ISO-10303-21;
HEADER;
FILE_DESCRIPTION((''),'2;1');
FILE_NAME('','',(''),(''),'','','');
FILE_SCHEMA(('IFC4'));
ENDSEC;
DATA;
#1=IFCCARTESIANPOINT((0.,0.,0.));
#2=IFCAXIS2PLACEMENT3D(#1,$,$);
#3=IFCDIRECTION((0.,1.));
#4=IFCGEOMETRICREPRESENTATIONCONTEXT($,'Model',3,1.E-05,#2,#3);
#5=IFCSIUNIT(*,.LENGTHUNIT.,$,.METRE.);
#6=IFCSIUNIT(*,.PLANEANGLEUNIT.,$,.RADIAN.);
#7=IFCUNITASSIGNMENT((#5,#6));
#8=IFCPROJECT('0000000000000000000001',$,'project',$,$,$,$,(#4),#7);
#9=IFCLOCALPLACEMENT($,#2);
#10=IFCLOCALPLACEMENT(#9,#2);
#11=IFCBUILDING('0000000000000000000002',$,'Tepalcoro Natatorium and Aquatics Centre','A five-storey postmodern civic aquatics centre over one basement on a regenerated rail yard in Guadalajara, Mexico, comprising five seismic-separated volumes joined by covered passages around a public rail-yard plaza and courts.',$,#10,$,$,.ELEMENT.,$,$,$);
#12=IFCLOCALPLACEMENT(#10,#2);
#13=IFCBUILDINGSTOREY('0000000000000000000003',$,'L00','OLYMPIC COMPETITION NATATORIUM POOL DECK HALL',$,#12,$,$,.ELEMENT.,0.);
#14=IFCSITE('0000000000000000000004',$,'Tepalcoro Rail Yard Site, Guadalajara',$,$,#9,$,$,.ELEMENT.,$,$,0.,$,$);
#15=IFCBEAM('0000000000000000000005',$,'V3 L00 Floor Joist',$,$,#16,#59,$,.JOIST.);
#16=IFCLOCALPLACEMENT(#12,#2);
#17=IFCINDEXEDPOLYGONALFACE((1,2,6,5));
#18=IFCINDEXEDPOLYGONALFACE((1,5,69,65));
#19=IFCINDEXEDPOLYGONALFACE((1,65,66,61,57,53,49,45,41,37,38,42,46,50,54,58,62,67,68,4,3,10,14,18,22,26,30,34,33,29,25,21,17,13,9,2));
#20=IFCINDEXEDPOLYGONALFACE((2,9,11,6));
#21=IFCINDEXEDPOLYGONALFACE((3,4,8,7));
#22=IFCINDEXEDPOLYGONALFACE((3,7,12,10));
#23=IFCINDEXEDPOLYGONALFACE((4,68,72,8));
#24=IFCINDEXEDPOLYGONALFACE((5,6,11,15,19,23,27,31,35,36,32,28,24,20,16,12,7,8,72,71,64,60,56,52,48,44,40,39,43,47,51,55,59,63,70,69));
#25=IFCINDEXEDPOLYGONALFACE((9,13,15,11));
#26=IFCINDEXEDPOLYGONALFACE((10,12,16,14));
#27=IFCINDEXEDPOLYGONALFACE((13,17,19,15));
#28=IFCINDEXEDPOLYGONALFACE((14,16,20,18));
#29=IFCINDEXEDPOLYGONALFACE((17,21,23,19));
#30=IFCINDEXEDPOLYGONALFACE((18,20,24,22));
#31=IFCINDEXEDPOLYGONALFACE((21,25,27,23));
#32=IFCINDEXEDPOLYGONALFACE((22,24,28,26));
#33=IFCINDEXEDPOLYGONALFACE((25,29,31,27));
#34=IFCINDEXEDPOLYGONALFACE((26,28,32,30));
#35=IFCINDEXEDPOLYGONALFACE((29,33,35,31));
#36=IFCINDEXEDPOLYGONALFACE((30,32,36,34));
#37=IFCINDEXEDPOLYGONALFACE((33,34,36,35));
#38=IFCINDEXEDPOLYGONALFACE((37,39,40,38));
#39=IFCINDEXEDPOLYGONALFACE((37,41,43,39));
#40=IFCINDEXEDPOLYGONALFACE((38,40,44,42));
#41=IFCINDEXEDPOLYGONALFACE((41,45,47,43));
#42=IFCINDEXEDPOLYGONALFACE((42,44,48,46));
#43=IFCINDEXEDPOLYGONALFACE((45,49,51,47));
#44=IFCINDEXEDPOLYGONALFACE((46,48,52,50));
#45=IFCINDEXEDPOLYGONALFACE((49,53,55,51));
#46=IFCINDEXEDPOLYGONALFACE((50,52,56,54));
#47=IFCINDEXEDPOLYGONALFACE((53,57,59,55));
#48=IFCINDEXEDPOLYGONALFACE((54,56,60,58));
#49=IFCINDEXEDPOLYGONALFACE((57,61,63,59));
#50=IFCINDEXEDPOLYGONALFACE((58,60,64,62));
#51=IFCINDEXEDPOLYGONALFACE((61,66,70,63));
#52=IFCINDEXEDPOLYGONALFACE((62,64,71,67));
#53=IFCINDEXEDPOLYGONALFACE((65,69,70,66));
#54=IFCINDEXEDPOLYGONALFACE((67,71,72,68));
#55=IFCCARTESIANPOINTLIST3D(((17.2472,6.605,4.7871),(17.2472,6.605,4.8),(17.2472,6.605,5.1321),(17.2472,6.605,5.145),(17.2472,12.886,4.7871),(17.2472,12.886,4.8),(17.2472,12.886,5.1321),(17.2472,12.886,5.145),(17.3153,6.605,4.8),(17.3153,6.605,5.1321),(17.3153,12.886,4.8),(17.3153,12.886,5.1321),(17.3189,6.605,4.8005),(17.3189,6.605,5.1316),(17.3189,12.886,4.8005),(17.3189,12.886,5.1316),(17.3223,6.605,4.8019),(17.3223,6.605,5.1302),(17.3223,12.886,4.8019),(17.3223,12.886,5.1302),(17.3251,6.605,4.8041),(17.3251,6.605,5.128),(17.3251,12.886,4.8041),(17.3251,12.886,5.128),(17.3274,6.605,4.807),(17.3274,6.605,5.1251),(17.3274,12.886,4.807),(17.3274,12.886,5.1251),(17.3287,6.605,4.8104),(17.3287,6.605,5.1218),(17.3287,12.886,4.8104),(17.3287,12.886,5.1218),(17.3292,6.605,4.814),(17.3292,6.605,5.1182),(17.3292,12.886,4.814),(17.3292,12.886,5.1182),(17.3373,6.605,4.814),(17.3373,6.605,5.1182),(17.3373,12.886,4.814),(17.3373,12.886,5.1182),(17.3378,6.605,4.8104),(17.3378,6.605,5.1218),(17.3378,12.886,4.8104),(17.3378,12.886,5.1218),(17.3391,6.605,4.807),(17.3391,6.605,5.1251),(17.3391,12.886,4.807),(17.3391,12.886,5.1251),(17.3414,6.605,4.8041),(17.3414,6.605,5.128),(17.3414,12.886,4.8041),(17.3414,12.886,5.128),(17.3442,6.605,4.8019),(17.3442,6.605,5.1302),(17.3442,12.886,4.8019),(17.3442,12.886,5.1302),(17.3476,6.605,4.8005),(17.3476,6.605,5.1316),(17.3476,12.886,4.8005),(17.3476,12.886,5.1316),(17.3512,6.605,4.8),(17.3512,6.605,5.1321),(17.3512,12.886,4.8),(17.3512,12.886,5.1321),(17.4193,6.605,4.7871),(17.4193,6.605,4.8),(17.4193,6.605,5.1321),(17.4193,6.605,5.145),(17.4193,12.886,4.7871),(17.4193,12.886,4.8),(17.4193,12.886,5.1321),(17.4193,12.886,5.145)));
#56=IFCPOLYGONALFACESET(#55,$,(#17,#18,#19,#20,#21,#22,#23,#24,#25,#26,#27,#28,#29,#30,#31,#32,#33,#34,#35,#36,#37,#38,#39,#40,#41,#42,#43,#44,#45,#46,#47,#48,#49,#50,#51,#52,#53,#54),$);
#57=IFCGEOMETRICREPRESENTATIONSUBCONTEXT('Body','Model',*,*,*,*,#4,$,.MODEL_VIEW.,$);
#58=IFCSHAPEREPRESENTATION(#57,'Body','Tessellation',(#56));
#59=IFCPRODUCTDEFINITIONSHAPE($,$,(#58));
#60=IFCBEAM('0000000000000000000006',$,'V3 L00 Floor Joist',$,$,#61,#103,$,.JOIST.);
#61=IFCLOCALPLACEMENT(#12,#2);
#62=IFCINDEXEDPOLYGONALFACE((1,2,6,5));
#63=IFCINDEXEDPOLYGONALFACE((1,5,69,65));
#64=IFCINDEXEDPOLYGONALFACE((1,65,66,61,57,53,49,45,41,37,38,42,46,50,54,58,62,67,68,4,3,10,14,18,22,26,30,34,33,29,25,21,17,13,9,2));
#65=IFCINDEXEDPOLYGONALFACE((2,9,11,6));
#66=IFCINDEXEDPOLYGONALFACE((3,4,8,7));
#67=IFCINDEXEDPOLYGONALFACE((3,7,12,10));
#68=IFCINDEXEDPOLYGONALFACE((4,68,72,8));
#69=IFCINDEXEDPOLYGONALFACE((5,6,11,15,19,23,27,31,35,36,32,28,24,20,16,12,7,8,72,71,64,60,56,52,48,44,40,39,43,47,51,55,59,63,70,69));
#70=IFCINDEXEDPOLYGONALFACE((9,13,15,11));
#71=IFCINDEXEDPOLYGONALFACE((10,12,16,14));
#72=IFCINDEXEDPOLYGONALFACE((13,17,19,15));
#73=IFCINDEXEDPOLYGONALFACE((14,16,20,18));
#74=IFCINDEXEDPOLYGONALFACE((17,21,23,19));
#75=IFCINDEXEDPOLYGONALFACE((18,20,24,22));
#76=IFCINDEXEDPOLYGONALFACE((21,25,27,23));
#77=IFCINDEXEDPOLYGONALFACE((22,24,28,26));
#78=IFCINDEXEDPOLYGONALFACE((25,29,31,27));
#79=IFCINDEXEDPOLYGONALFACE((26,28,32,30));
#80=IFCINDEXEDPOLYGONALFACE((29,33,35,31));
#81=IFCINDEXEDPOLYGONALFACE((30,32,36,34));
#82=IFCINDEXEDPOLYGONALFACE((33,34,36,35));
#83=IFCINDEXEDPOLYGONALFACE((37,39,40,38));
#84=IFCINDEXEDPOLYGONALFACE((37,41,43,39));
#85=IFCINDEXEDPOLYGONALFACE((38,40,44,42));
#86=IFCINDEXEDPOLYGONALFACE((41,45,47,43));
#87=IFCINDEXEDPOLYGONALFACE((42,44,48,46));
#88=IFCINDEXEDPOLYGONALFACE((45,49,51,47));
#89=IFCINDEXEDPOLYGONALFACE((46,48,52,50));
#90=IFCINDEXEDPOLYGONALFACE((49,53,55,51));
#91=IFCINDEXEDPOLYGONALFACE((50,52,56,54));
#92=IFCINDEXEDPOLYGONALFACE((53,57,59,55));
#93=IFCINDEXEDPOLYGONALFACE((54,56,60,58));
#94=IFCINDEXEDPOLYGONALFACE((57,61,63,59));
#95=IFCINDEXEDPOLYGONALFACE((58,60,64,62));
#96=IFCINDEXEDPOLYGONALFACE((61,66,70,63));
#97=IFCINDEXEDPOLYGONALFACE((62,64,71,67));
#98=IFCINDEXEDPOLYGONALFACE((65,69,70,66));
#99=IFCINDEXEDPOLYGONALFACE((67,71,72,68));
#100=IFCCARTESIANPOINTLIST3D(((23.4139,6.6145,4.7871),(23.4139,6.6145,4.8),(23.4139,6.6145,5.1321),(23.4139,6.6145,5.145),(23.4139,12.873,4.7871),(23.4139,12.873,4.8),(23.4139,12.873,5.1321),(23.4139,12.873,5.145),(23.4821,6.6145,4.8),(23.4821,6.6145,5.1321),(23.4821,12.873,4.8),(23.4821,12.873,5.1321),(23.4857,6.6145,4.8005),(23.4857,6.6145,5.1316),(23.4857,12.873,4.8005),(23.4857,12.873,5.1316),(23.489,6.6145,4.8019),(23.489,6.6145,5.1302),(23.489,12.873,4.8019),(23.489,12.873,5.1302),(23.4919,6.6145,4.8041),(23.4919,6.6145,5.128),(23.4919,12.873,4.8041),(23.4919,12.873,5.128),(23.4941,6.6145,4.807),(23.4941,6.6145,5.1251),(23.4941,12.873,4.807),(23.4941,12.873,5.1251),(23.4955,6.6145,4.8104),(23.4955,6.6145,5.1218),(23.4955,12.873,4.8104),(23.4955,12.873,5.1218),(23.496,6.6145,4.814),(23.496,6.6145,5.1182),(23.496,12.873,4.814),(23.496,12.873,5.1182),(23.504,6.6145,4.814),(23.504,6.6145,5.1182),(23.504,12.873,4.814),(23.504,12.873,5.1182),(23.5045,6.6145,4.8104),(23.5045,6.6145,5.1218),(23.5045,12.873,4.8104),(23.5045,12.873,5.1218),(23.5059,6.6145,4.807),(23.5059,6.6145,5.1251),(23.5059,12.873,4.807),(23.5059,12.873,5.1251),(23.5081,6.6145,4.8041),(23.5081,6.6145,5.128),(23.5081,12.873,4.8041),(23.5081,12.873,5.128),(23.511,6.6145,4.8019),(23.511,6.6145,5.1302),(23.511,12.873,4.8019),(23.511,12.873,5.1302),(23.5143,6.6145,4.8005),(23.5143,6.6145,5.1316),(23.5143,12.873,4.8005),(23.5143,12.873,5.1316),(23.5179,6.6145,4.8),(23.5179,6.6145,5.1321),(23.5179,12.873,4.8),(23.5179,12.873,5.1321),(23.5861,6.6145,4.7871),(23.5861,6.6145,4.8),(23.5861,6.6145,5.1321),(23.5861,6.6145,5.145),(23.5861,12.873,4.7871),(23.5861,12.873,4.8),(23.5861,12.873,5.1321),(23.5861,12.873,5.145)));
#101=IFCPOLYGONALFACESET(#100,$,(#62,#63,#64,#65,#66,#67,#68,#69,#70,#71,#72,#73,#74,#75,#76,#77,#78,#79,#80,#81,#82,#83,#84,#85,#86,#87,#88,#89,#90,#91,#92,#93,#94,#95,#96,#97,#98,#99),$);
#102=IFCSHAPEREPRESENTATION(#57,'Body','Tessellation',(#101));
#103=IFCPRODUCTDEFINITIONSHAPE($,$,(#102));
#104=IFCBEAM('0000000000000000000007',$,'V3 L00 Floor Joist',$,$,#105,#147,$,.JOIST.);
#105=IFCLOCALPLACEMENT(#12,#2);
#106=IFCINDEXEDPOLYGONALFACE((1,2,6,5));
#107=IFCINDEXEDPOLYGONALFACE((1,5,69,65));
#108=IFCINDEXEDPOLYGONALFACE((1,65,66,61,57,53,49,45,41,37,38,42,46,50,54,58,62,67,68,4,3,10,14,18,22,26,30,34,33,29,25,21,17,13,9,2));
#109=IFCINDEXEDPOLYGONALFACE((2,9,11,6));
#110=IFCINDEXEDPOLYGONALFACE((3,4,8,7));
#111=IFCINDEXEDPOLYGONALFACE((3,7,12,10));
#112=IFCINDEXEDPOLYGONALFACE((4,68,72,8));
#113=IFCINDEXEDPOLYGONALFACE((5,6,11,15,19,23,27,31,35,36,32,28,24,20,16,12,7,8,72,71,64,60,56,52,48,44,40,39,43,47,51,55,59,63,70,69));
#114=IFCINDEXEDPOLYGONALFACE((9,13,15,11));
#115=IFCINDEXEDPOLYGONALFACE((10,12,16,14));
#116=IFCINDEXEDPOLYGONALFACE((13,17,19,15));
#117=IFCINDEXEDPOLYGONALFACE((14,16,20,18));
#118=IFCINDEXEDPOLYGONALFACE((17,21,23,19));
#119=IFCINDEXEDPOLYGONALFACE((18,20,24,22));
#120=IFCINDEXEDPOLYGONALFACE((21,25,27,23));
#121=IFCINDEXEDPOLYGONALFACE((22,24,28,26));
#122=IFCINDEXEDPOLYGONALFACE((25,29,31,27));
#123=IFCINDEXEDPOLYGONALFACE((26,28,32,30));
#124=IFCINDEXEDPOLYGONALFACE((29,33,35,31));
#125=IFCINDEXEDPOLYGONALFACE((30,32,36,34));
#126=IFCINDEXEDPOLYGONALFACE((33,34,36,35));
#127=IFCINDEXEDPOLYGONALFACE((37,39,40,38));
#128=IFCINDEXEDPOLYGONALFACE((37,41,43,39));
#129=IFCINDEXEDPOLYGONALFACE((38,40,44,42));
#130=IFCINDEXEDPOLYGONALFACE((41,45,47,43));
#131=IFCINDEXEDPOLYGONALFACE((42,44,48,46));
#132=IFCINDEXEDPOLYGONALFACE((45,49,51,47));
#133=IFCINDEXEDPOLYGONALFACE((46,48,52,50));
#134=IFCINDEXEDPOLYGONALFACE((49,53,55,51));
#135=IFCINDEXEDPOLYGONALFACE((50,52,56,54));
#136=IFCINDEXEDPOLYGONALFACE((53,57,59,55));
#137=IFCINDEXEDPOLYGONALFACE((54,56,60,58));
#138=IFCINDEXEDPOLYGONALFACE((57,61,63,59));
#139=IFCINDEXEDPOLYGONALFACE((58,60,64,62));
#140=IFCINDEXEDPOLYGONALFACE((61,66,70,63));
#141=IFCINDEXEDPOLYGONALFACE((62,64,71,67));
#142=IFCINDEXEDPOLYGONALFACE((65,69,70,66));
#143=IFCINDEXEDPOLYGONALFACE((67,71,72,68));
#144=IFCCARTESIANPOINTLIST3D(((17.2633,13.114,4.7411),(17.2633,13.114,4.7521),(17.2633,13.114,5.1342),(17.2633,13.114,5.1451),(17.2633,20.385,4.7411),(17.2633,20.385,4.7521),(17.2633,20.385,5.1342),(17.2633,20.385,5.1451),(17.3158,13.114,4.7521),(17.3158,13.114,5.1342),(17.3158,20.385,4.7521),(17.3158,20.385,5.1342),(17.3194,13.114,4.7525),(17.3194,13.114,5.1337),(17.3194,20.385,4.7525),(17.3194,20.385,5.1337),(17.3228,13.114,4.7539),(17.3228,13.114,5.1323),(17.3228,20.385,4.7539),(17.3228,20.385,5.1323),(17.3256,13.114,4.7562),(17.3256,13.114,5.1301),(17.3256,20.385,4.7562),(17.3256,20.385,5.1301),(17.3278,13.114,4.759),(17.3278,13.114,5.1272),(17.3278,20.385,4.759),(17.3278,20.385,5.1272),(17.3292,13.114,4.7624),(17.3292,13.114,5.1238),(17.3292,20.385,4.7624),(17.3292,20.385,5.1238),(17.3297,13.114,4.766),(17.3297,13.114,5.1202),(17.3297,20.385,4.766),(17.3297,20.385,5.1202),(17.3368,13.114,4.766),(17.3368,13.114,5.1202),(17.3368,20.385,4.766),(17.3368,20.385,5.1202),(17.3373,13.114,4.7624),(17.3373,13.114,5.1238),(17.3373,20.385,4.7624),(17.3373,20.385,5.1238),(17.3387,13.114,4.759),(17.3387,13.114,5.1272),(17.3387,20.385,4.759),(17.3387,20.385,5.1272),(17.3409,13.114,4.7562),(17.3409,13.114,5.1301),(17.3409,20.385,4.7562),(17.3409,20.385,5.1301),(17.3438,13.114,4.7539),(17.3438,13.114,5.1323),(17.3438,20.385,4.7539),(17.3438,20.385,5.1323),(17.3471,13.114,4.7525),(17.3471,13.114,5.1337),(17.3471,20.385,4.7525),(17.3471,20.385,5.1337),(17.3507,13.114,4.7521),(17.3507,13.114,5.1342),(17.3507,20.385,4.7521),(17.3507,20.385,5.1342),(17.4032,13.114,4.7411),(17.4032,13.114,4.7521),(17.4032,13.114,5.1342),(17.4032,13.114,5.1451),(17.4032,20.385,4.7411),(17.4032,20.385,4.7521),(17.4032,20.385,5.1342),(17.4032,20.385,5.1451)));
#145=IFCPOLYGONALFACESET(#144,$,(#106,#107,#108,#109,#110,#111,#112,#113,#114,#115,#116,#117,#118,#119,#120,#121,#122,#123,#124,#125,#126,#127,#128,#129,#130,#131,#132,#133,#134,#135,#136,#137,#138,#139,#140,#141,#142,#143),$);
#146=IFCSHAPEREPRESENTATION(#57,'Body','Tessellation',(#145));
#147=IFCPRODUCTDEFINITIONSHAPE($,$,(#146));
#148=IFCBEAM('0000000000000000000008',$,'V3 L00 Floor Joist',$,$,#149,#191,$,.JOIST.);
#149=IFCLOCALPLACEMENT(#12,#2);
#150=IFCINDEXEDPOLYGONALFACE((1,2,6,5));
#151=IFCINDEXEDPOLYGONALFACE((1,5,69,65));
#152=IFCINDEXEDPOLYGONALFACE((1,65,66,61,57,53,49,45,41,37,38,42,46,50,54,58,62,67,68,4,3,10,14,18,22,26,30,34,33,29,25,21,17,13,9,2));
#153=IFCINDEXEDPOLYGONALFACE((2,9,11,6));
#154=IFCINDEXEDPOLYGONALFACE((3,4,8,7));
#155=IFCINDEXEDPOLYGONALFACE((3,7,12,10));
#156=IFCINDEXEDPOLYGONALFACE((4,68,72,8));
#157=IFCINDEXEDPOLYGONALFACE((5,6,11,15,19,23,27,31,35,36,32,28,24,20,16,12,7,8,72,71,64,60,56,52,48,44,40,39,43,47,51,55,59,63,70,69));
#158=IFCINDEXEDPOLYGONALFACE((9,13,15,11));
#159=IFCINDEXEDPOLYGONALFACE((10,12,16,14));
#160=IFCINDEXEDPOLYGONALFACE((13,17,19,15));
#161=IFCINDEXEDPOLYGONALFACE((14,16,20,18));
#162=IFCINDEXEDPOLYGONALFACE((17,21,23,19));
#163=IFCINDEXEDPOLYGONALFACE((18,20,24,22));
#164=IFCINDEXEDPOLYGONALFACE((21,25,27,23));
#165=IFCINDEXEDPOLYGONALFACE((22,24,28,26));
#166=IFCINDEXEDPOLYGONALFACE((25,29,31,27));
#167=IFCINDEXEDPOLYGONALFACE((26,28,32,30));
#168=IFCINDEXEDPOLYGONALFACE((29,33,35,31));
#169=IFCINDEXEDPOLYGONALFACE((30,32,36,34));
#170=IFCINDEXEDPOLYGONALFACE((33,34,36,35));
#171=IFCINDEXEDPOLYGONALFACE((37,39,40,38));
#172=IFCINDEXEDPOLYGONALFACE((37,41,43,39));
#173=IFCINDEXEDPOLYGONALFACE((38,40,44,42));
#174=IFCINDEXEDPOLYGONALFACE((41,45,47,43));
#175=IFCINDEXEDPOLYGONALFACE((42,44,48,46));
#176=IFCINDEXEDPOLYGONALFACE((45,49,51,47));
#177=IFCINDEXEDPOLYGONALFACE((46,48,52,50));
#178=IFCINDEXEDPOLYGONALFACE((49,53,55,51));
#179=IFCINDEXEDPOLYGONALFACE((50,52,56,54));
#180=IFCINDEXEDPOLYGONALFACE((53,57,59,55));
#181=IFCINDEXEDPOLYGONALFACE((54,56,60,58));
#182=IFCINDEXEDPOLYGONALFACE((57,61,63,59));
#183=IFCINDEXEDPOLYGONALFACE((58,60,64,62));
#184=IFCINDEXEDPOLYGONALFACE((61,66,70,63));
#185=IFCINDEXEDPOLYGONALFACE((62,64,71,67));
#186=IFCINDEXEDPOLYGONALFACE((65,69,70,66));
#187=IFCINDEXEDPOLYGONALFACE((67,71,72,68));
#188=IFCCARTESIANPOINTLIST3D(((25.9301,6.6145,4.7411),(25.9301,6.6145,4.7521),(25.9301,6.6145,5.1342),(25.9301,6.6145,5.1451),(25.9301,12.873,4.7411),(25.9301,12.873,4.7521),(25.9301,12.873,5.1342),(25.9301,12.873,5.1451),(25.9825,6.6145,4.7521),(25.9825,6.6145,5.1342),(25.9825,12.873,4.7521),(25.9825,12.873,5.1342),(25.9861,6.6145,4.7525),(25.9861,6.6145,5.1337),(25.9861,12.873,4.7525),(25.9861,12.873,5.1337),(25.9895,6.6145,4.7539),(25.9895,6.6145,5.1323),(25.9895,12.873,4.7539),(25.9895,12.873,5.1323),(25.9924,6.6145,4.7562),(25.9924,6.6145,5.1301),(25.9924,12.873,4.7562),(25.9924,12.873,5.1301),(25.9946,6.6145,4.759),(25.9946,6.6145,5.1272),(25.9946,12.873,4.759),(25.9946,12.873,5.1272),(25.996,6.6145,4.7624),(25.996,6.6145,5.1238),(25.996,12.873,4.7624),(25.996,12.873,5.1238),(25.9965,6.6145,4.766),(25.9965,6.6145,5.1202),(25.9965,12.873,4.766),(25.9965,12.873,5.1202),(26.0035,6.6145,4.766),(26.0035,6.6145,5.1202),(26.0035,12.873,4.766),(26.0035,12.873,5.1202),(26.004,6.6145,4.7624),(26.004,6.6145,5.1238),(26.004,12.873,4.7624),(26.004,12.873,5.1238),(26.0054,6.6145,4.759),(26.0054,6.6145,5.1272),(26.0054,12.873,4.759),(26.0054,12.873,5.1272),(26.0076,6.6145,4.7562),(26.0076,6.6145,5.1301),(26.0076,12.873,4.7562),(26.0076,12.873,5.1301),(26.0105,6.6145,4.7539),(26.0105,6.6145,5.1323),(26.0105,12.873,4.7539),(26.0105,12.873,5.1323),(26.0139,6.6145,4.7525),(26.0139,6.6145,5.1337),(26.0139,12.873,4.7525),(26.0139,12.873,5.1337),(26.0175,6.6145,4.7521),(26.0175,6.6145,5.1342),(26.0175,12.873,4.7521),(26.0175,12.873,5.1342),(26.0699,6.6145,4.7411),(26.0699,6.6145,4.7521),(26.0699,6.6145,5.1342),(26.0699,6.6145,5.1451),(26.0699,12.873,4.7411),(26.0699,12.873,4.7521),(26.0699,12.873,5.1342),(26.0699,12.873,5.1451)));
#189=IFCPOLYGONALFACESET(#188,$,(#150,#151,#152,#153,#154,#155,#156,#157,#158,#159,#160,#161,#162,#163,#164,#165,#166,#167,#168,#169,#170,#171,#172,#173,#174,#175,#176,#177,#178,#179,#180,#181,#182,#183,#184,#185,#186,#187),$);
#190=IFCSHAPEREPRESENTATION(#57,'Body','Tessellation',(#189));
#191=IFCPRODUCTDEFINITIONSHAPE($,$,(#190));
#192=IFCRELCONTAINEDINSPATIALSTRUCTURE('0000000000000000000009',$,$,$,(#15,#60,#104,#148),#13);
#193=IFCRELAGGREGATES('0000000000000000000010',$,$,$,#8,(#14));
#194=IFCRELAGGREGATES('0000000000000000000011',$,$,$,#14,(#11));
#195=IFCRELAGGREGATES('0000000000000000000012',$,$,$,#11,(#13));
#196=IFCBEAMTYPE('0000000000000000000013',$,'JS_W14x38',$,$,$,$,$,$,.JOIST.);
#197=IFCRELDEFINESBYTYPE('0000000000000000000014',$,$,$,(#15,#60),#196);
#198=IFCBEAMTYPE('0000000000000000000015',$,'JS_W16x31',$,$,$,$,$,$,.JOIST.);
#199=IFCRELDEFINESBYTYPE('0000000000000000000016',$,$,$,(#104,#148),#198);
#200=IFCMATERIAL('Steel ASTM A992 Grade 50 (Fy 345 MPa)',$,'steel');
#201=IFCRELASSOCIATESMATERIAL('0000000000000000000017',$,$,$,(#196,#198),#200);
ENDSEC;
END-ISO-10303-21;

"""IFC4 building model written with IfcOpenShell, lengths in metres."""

from ifc_helpers import new_model, si_unit, direction, frame, origin, origin_2d, place, context, subcontext, project, spatial, i_section, extrude, material, material_profile, profile_set, type_object, element, save


model = new_model("IFC4")

# Units and contexts
model_context = context("Model", 3, precision=1e-05, world=origin(), true_north=direction((0.0, 1.0)))
body_context = subcontext(model_context, "Body", "Model", "MODEL_VIEW")
ifc_project = project(units=[si_unit("LENGTHUNIT", "METRE"), si_unit("PLANEANGLEUNIT", "RADIAN")], contexts=[model_context])

# Site, building, storey
site_placement = place(None, origin())
site = spatial("IfcSite", under=ifc_project, at=site_placement, Name="Tepalcoro Rail Yard Site, Guadalajara", CompositionType="ELEMENT", RefElevation=0.0)
building_placement = place(site_placement, origin())
building = spatial("IfcBuilding", under=site, at=building_placement, Name="Tepalcoro Natatorium and Aquatics Centre", Description="A five-storey postmodern civic aquatics centre over one basement on a regenerated rail yard in Guadalajara, Mexico, comprising five seismic-separated volumes joined by covered passages around a public rail-yard plaza and courts.", CompositionType="ELEMENT")
storey_placement = place(building_placement, origin())
storey = spatial("IfcBuildingStorey", under=building, at=storey_placement, Name="L00", Description="OLYMPIC COMPETITION NATATORIUM POOL DECK HALL", CompositionType="ELEMENT", Elevation=0.0)

# Shared definitions
ifc_material_1 = material(Name="Steel ASTM A992 Grade 50 (Fy 345 MPa)", Category="steel")

# Beams
ifc_material_profile_1 = material_profile(ifc_material_1, i_section(OverallWidth=0.1721, OverallDepth=0.3579, WebThickness=0.0081, FlangeThickness=0.0129, FilletRadius=0.0139, at=origin_2d()), Name="W14X38")
ifc_profile_set_1 = profile_set([ifc_material_profile_1], Name="Steel ASTM A992 Grade 50 (Fy 345 MPa)")
beam_type_1 = type_object("IfcBeamType", Name="JS_W14x38", PredefinedType="JOIST", material=ifc_profile_set_1)
beam_1_placement = place(storey_placement, frame((17.3333, 6.605, 4.9661), z_axis=(0.0, 1.0, 0.0), x_axis=(-1.0, 0.0, 0.0)))
element("IfcBeam", 1, at=beam_1_placement, inside=storey, type_object=beam_type_1, Name="V3 L00 Floor Joist", PredefinedType="JOIST", context=body_context, shape_type="SweptSolid", body=[
    extrude(i_section(OverallWidth=0.1721, OverallDepth=0.3579, WebThickness=0.0081, FlangeThickness=0.0129, FilletRadius=0.0139, at=origin_2d()), origin(), (0.0, 0.0, 1.0), 6.281),
])
beam_2_placement = place(storey_placement, frame((23.5, 6.6145, 4.9661), z_axis=(0.0, 1.0, 0.0), x_axis=(-1.0, 0.0, 0.0)))
element("IfcBeam", 2, at=beam_2_placement, inside=storey, type_object=beam_type_1, Name="V3 L00 Floor Joist", PredefinedType="JOIST", context=body_context, shape_type="SweptSolid", body=[
    extrude(i_section(OverallWidth=0.1721, OverallDepth=0.3579, WebThickness=0.0081, FlangeThickness=0.0129, FilletRadius=0.0139, at=origin_2d()), origin(), (0.0, 0.0, 1.0), 6.2585),
])
ifc_material_profile_2 = material_profile(ifc_material_1, i_section(OverallWidth=0.1399, OverallDepth=0.4041, WebThickness=0.0071, FlangeThickness=0.011, FilletRadius=0.0139, at=origin_2d()), Name="W16X31")
ifc_profile_set_2 = profile_set([ifc_material_profile_2], Name="Steel ASTM A992 Grade 50 (Fy 345 MPa)")
beam_type_2 = type_object("IfcBeamType", Name="JS_W16x31", PredefinedType="JOIST", material=ifc_profile_set_2)
beam_3_placement = place(storey_placement, frame((17.3333, 13.114, 4.9431), z_axis=(0.0, 1.0, 0.0), x_axis=(-1.0, 0.0, 0.0)))
element("IfcBeam", 3, at=beam_3_placement, inside=storey, type_object=beam_type_2, Name="V3 L00 Floor Joist", PredefinedType="JOIST", context=body_context, shape_type="SweptSolid", body=[
    extrude(i_section(OverallWidth=0.1399, OverallDepth=0.4041, WebThickness=0.0071, FlangeThickness=0.011, FilletRadius=0.0139, at=origin_2d()), origin(), (0.0, 0.0, 1.0), 7.271),
])
beam_4_placement = place(storey_placement, frame((26.0, 6.6145, 4.9431), z_axis=(0.0, 1.0, 0.0), x_axis=(-1.0, 0.0, 0.0)))
element("IfcBeam", 4, at=beam_4_placement, inside=storey, type_object=beam_type_2, Name="V3 L00 Floor Joist", PredefinedType="JOIST", context=body_context, shape_type="SweptSolid", body=[
    extrude(i_section(OverallWidth=0.1399, OverallDepth=0.4041, WebThickness=0.0071, FlangeThickness=0.011, FilletRadius=0.0139, at=origin_2d()), origin(), (0.0, 0.0, 1.0), 6.2585),
])

save(model, "model.ifc")
